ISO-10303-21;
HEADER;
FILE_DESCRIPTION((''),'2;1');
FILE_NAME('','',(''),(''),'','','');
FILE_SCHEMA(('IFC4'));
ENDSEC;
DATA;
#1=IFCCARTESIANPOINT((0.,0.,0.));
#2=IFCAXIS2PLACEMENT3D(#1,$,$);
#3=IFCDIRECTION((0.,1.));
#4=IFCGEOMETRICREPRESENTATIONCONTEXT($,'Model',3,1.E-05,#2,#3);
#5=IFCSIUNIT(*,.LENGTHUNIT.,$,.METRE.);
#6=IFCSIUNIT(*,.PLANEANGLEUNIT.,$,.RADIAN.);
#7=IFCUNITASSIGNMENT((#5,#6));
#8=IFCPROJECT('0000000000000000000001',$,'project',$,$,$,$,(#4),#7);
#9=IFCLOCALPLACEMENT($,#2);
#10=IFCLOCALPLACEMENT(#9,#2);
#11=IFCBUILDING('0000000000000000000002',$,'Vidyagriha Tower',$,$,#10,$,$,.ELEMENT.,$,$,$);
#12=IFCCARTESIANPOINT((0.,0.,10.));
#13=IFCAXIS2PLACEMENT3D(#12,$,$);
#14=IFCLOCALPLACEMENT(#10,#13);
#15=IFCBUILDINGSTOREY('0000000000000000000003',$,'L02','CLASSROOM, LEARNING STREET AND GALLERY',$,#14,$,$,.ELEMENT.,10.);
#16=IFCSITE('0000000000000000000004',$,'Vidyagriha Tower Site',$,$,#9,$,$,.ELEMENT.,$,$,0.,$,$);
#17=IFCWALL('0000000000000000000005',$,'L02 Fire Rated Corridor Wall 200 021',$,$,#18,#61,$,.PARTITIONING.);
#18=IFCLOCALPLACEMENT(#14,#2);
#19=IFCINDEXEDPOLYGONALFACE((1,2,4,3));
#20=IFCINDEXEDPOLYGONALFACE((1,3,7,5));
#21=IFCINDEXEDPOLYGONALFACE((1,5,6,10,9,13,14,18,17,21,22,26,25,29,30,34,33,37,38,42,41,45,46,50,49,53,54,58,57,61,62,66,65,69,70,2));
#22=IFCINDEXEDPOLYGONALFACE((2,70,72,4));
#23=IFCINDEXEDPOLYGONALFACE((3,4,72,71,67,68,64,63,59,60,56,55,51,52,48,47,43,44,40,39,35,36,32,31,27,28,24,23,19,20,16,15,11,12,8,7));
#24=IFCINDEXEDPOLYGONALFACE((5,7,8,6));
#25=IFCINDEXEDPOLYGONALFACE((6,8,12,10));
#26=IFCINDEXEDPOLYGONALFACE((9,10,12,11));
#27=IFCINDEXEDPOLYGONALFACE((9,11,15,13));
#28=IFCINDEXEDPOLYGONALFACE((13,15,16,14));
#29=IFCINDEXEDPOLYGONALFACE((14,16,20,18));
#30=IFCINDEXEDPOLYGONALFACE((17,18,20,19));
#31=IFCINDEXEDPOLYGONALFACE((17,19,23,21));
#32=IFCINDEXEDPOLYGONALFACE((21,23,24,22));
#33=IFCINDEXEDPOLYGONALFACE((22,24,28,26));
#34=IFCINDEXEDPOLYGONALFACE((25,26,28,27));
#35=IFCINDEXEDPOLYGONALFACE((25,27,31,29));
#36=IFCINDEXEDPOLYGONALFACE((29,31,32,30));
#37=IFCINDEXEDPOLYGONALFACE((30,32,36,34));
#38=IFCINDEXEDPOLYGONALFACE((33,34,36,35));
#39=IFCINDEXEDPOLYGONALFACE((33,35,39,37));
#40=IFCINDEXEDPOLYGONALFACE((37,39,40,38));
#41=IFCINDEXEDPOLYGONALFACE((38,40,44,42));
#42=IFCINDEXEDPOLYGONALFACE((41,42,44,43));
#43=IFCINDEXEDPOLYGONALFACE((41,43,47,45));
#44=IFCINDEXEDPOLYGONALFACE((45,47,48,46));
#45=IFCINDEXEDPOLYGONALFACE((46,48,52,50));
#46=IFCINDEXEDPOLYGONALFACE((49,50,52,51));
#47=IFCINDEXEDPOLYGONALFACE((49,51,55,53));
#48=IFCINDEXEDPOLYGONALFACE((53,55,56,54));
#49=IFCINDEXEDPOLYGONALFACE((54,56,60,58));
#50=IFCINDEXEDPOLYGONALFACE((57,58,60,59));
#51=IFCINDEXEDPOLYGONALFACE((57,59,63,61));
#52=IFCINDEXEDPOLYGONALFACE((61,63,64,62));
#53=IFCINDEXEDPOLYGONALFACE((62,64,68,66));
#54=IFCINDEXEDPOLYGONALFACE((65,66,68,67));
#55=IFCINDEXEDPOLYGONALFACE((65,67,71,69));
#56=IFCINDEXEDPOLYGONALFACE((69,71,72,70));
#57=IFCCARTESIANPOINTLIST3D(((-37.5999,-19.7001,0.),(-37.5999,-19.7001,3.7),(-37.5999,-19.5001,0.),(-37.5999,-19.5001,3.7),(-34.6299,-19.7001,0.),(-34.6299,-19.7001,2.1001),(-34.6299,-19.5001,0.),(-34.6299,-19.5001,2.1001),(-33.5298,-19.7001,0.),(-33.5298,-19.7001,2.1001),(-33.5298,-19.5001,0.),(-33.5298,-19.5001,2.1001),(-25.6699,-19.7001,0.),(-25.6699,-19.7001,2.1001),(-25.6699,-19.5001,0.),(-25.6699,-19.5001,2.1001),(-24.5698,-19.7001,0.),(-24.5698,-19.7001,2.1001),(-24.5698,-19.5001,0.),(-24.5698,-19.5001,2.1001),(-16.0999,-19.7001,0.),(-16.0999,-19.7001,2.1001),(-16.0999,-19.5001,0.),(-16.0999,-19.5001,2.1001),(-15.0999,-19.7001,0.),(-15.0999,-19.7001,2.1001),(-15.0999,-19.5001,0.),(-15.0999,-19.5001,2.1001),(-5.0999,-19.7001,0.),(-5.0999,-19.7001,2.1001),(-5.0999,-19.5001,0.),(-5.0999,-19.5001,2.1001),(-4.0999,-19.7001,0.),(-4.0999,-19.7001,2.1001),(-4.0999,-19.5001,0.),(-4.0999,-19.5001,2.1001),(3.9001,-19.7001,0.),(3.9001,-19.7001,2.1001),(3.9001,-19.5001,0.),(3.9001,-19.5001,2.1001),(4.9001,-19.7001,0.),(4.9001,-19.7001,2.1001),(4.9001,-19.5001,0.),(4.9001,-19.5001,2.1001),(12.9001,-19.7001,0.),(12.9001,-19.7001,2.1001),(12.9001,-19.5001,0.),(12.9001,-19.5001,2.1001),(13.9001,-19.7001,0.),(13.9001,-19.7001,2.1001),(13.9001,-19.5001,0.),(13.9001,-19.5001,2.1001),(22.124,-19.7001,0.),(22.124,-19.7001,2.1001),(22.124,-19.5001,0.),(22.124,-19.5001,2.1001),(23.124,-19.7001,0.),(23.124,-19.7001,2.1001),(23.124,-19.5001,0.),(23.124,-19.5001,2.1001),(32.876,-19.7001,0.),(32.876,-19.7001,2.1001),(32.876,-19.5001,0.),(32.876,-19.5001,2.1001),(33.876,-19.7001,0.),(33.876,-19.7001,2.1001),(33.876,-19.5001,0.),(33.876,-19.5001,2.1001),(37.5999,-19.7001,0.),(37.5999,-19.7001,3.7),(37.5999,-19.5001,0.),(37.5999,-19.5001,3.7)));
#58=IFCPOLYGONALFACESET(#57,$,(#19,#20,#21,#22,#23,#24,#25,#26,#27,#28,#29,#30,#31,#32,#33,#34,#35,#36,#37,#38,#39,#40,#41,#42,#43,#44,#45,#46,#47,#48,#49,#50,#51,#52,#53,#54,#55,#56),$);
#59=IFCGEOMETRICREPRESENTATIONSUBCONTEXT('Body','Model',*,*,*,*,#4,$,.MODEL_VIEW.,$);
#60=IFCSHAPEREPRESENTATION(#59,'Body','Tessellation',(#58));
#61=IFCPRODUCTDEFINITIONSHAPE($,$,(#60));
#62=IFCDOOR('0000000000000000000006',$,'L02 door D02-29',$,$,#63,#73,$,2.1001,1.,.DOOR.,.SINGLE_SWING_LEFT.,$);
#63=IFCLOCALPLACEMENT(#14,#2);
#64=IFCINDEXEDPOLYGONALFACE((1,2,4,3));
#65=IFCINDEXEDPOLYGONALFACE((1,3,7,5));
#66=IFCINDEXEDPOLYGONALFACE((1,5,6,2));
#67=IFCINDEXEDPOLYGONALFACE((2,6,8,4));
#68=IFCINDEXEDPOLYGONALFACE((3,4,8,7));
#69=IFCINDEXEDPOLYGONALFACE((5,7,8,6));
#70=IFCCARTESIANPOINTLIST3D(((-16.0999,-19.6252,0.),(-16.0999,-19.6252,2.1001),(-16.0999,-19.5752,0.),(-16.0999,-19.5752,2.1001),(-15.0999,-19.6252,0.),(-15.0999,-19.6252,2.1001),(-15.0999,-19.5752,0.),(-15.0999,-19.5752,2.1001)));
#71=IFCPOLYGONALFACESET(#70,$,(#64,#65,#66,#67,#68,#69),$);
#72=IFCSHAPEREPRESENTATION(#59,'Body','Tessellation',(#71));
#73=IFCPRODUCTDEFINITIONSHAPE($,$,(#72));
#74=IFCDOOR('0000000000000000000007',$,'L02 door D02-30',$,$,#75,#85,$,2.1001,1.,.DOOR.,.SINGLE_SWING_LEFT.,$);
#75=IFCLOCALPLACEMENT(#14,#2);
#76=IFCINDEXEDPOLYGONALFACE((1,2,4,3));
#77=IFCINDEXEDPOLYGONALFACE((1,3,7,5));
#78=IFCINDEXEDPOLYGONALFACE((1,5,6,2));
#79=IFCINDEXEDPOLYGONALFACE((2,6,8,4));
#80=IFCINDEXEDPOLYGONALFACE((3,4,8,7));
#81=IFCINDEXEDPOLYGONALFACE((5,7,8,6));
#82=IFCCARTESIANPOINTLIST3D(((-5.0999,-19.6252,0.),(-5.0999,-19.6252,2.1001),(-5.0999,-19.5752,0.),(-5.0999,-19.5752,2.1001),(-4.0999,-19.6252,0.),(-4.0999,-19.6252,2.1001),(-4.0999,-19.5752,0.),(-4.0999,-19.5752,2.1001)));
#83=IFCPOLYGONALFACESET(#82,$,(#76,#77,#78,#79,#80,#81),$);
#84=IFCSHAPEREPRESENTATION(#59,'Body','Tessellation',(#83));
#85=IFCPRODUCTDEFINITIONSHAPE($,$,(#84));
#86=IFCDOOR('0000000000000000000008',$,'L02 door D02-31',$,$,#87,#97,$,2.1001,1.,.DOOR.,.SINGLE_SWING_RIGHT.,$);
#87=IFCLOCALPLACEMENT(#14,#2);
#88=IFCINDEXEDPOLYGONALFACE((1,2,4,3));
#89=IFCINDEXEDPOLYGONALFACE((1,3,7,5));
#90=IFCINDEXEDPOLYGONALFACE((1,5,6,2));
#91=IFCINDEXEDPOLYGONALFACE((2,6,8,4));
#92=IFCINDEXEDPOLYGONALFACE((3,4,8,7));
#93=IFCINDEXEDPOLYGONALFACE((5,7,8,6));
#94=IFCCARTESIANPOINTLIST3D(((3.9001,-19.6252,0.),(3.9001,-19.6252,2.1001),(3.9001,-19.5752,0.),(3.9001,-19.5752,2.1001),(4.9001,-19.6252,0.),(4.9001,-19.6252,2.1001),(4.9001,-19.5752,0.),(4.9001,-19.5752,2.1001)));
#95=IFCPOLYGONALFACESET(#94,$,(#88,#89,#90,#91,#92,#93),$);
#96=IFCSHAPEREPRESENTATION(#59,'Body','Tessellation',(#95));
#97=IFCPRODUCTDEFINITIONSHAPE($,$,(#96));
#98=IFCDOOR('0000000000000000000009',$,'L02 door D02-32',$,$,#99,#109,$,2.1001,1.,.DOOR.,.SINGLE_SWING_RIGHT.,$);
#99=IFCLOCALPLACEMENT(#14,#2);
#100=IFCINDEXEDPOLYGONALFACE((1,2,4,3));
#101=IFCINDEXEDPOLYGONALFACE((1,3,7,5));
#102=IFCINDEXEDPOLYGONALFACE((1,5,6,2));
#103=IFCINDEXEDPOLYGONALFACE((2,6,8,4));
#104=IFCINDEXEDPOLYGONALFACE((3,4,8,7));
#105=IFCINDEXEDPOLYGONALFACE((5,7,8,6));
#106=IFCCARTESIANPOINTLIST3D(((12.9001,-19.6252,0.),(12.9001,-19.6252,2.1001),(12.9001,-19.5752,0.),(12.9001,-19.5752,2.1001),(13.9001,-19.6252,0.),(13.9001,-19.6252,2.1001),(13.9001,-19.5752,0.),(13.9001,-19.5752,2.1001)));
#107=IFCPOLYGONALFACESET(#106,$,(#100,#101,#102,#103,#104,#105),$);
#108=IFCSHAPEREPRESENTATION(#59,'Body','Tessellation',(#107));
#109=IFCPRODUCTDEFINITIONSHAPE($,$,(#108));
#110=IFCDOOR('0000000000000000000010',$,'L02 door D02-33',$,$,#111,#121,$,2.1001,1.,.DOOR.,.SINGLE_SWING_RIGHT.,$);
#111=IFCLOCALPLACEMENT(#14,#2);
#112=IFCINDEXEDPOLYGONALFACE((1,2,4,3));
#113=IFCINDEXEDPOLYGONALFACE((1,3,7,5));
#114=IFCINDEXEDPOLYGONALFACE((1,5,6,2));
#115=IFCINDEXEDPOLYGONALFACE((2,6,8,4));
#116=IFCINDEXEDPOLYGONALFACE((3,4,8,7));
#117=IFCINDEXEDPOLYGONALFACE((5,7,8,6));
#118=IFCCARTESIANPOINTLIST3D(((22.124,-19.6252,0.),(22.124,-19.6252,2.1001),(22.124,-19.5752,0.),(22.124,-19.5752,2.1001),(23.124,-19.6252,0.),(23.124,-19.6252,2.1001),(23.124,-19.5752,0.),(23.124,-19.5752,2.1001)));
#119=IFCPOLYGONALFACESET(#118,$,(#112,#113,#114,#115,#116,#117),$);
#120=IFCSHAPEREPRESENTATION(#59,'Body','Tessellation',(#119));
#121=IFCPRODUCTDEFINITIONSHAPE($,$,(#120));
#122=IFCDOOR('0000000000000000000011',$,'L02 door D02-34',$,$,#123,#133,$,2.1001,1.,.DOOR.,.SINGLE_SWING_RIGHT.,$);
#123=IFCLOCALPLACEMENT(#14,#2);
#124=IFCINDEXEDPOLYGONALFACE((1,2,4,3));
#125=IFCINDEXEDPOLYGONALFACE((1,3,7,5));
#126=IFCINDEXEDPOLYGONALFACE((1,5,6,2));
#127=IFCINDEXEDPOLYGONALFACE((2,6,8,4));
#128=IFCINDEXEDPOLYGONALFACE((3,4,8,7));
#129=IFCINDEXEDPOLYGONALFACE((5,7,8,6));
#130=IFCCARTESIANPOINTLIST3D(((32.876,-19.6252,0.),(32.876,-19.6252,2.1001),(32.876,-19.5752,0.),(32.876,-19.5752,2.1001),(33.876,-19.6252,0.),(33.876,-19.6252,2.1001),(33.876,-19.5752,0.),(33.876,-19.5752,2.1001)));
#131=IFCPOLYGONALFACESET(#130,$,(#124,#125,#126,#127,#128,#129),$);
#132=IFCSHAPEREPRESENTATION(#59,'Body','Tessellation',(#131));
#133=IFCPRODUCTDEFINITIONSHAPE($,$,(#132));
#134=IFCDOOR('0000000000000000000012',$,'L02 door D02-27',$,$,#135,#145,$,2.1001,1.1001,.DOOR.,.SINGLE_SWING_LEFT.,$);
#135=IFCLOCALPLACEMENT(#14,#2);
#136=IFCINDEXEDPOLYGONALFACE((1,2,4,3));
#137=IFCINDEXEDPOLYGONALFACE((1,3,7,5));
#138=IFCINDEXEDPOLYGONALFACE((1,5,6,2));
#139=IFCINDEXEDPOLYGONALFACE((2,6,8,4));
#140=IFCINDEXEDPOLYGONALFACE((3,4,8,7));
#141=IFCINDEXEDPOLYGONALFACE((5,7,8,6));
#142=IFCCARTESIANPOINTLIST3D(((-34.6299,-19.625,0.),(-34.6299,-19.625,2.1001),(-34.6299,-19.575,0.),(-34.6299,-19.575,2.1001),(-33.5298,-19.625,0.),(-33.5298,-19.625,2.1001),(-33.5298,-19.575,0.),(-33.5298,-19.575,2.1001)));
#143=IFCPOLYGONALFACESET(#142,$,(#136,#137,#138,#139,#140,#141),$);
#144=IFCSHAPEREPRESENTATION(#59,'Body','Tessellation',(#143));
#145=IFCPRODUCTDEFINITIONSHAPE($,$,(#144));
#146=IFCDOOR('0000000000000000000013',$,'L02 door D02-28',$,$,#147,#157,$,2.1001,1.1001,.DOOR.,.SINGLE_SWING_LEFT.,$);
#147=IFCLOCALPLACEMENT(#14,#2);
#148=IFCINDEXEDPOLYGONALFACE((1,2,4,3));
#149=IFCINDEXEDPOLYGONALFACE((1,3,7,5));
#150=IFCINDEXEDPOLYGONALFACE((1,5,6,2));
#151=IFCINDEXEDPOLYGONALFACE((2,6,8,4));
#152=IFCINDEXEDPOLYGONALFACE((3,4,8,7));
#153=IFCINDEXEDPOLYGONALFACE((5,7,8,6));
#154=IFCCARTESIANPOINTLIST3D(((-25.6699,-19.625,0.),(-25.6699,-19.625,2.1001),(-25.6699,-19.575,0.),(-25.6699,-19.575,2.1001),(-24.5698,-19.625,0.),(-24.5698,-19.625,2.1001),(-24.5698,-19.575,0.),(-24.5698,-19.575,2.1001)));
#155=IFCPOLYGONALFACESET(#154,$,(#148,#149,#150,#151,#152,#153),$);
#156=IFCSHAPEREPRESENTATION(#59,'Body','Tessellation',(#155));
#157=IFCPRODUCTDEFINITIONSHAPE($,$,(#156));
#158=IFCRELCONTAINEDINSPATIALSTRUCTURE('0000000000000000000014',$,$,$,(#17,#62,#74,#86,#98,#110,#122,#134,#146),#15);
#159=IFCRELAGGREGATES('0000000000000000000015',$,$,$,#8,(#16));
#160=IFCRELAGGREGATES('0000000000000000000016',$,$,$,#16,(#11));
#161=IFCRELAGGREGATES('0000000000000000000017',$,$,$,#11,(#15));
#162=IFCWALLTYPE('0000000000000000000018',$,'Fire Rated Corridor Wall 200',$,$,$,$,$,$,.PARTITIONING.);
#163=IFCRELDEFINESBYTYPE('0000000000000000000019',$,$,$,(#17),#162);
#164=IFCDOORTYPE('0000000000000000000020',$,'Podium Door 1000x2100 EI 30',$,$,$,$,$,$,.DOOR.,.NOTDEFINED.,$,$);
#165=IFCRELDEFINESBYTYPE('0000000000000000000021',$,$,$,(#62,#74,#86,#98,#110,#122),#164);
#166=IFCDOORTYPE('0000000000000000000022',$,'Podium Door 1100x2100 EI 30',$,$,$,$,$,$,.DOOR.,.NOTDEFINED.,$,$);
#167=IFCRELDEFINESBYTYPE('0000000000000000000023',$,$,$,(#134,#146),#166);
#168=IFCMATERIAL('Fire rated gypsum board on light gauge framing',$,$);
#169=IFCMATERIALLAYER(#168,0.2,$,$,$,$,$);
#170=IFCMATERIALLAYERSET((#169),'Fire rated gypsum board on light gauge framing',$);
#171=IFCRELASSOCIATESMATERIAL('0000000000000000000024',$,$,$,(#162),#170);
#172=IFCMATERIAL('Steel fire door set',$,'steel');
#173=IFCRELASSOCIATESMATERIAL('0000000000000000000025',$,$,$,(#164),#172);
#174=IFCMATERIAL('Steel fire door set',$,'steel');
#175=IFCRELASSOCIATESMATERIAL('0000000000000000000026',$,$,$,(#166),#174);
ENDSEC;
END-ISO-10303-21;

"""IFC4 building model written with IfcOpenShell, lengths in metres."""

from ifc_helpers import new_model, si_unit, direction, frame, frame_2d, origin, place, context, subcontext, project, spatial, rectangle, extrude, material, layer, layer_set, type_object, element, fill, save


model = new_model("IFC4")

# Units and contexts
model_context = context("Model", 3, precision=1e-05, world=origin(), true_north=direction((0.0, 1.0)))
body_context = subcontext(model_context, "Body", "Model", "MODEL_VIEW")
ifc_project = project(units=[si_unit("LENGTHUNIT", "METRE"), si_unit("PLANEANGLEUNIT", "RADIAN")], contexts=[model_context])

# Site, building, storey
site_placement = place(None, origin())
site = spatial("IfcSite", under=ifc_project, at=site_placement, Name="Vidyagriha Tower Site", CompositionType="ELEMENT", RefElevation=0.0)
building_placement = place(site_placement, origin())
building = spatial("IfcBuilding", under=site, at=building_placement, Name="Vidyagriha Tower", CompositionType="ELEMENT")
storey_placement = place(building_placement, frame((0.0, 0.0, 10.0)))
storey = spatial("IfcBuildingStorey", under=building, at=storey_placement, Name="L02", Description="CLASSROOM, LEARNING STREET AND GALLERY", CompositionType="ELEMENT", Elevation=10.0)

# Wall, openings, doors
ifc_material_1 = material(Name="Fire rated gypsum board on light gauge framing")
ifc_layer_1 = layer(ifc_material_1, 0.2)
ifc_layer_set_1 = layer_set([ifc_layer_1], Name="Fire rated gypsum board on light gauge framing")
wall_type = type_object("IfcWallType", Name="Fire Rated Corridor Wall 200", PredefinedType="PARTITIONING", material=ifc_layer_set_1)
wall_1_placement = place(storey_placement, frame((-37.5999, -19.6001, 0.0)))
wall_1 = element("IfcWall", 1, at=wall_1_placement, inside=storey, type_object=wall_type, Name="L02 Fire Rated Corridor Wall 200 021", PredefinedType="PARTITIONING", context=body_context, shape_type="SweptSolid", body=[
    extrude(rectangle(XDim=75.1997, YDim=0.2, at=frame_2d((37.5999, 0.0))), origin(), (0.0, 0.0, 1.0), 3.7),
])
opening_1_placement = place(wall_1_placement, frame((2.97, 0.0, 0.0)))
opening_1 = element("IfcOpeningElement", 2, at=opening_1_placement, cuts=wall_1, PredefinedType="OPENING", context=body_context, shape_type="SweptSolid", body=[
    extrude(rectangle(XDim=1.1001, YDim=2.1001, at=frame_2d((0.55, 1.05))), frame((0.0, 0.1099, 0.0), z_axis=(0.0, -1.0, 0.0), x_axis=(1.0, 0.0, 0.0)), (0.0, 0.0, 1.0), 0.22),
])
opening_2_placement = place(wall_1_placement, frame((11.9299, 0.0, 0.0)))
opening_2 = element("IfcOpeningElement", 3, at=opening_2_placement, cuts=wall_1, PredefinedType="OPENING", context=body_context, shape_type="SweptSolid", body=[
    extrude(rectangle(XDim=1.1001, YDim=2.1001, at=frame_2d((0.55, 1.05))), frame((0.0, 0.1099, 0.0), z_axis=(0.0, -1.0, 0.0), x_axis=(1.0, 0.0, 0.0)), (0.0, 0.0, 1.0), 0.22),
])
opening_3_placement = place(wall_1_placement, frame((21.5, 0.0, 0.0)))
opening_3 = element("IfcOpeningElement", 4, at=opening_3_placement, cuts=wall_1, PredefinedType="OPENING", context=body_context, shape_type="SweptSolid", body=[
    extrude(rectangle(XDim=1.0, YDim=2.1001, at=frame_2d((0.5, 1.05))), frame((0.0, 0.1099, 0.0), z_axis=(0.0, -1.0, 0.0), x_axis=(1.0, 0.0, 0.0)), (0.0, 0.0, 1.0), 0.22),
])
opening_4_placement = place(wall_1_placement, frame((32.5, 0.0, 0.0)))
opening_4 = element("IfcOpeningElement", 5, at=opening_4_placement, cuts=wall_1, PredefinedType="OPENING", context=body_context, shape_type="SweptSolid", body=[
    extrude(rectangle(XDim=1.0, YDim=2.1001, at=frame_2d((0.5, 1.05))), frame((0.0, 0.1099, 0.0), z_axis=(0.0, -1.0, 0.0), x_axis=(1.0, 0.0, 0.0)), (0.0, 0.0, 1.0), 0.22),
])
opening_5_placement = place(wall_1_placement, frame((41.5, 0.0, 0.0)))
opening_5 = element("IfcOpeningElement", 6, at=opening_5_placement, cuts=wall_1, PredefinedType="OPENING", context=body_context, shape_type="SweptSolid", body=[
    extrude(rectangle(XDim=1.0, YDim=2.1001, at=frame_2d((0.5, 1.05))), frame((0.0, 0.1099, 0.0), z_axis=(0.0, -1.0, 0.0), x_axis=(1.0, 0.0, 0.0)), (0.0, 0.0, 1.0), 0.22),
])
opening_6_placement = place(wall_1_placement, frame((50.5, 0.0, 0.0)))
opening_6 = element("IfcOpeningElement", 7, at=opening_6_placement, cuts=wall_1, PredefinedType="OPENING", context=body_context, shape_type="SweptSolid", body=[
    extrude(rectangle(XDim=1.0, YDim=2.1001, at=frame_2d((0.5, 1.05))), frame((0.0, 0.1099, 0.0), z_axis=(0.0, -1.0, 0.0), x_axis=(1.0, 0.0, 0.0)), (0.0, 0.0, 1.0), 0.22),
])
opening_7_placement = place(wall_1_placement, frame((59.7239, 0.0, 0.0)))
opening_7 = element("IfcOpeningElement", 8, at=opening_7_placement, cuts=wall_1, PredefinedType="OPENING", context=body_context, shape_type="SweptSolid", body=[
    extrude(rectangle(XDim=1.0, YDim=2.1001, at=frame_2d((0.5, 1.05))), frame((0.0, 0.1099, 0.0), z_axis=(0.0, -1.0, 0.0), x_axis=(1.0, 0.0, 0.0)), (0.0, 0.0, 1.0), 0.22),
])
opening_8_placement = place(wall_1_placement, frame((70.4758, 0.0, 0.0)))
opening_8 = element("IfcOpeningElement", 9, at=opening_8_placement, cuts=wall_1, PredefinedType="OPENING", context=body_context, shape_type="SweptSolid", body=[
    extrude(rectangle(XDim=1.0, YDim=2.1001, at=frame_2d((0.5, 1.05))), frame((0.0, 0.1099, 0.0), z_axis=(0.0, -1.0, 0.0), x_axis=(1.0, 0.0, 0.0)), (0.0, 0.0, 1.0), 0.22),
])
ifc_material_2 = material(Name="Steel fire door set", Category="steel")
door_type_1 = type_object("IfcDoorType", Name="Podium Door 1000x2100 EI 30", OperationType="NOTDEFINED", PredefinedType="DOOR", material=ifc_material_2)
door_1_placement = place(opening_3_placement, origin())
door_1 = element("IfcDoor", 10, at=door_1_placement, inside=storey, type_object=door_type_1, Name="L02 door D02-29", OperationType="SINGLE_SWING_LEFT", OverallHeight=2.1001, OverallWidth=1.0, PredefinedType="DOOR", context=body_context, shape_type="SweptSolid", body=[
    extrude(rectangle(XDim=1.0, YDim=2.1001, at=frame_2d((0.5, 1.05))), frame((0.0, 0.0249, 0.0), z_axis=(0.0, -1.0, 0.0), x_axis=(1.0, 0.0, 0.0)), (0.0, 0.0, 1.0), 0.05),
])
fill(opening_3, door_1)
door_2_placement = place(opening_4_placement, origin())
door_2 = element("IfcDoor", 11, at=door_2_placement, inside=storey, type_object=door_type_1, Name="L02 door D02-30", OperationType="SINGLE_SWING_LEFT", OverallHeight=2.1001, OverallWidth=1.0, PredefinedType="DOOR", context=body_context, shape_type="SweptSolid", body=[
    extrude(rectangle(XDim=1.0, YDim=2.1001, at=frame_2d((0.5, 1.05))), frame((0.0, 0.0249, 0.0), z_axis=(0.0, -1.0, 0.0), x_axis=(1.0, 0.0, 0.0)), (0.0, 0.0, 1.0), 0.05),
])
fill(opening_4, door_2)
door_3_placement = place(opening_5_placement, origin())
door_3 = element("IfcDoor", 12, at=door_3_placement, inside=storey, type_object=door_type_1, Name="L02 door D02-31", OperationType="SINGLE_SWING_RIGHT", OverallHeight=2.1001, OverallWidth=1.0, PredefinedType="DOOR", context=body_context, shape_type="SweptSolid", body=[
    extrude(rectangle(XDim=1.0, YDim=2.1001, at=frame_2d((0.5, 1.05))), frame((0.0, 0.0249, 0.0), z_axis=(0.0, -1.0, 0.0), x_axis=(1.0, 0.0, 0.0)), (0.0, 0.0, 1.0), 0.05),
])
fill(opening_5, door_3)
door_4_placement = place(opening_6_placement, origin())
door_4 = element("IfcDoor", 13, at=door_4_placement, inside=storey, type_object=door_type_1, Name="L02 door D02-32", OperationType="SINGLE_SWING_RIGHT", OverallHeight=2.1001, OverallWidth=1.0, PredefinedType="DOOR", context=body_context, shape_type="SweptSolid", body=[
    extrude(rectangle(XDim=1.0, YDim=2.1001, at=frame_2d((0.5, 1.05))), frame((0.0, 0.0249, 0.0), z_axis=(0.0, -1.0, 0.0), x_axis=(1.0, 0.0, 0.0)), (0.0, 0.0, 1.0), 0.05),
])
fill(opening_6, door_4)
door_5_placement = place(opening_7_placement, origin())
door_5 = element("IfcDoor", 14, at=door_5_placement, inside=storey, type_object=door_type_1, Name="L02 door D02-33", OperationType="SINGLE_SWING_RIGHT", OverallHeight=2.1001, OverallWidth=1.0, PredefinedType="DOOR", context=body_context, shape_type="SweptSolid", body=[
    extrude(rectangle(XDim=1.0, YDim=2.1001, at=frame_2d((0.5, 1.05))), frame((0.0, 0.0249, 0.0), z_axis=(0.0, -1.0, 0.0), x_axis=(1.0, 0.0, 0.0)), (0.0, 0.0, 1.0), 0.05),
])
fill(opening_7, door_5)
door_6_placement = place(opening_8_placement, origin())
door_6 = element("IfcDoor", 15, at=door_6_placement, inside=storey, type_object=door_type_1, Name="L02 door D02-34", OperationType="SINGLE_SWING_RIGHT", OverallHeight=2.1001, OverallWidth=1.0, PredefinedType="DOOR", context=body_context, shape_type="SweptSolid", body=[
    extrude(rectangle(XDim=1.0, YDim=2.1001, at=frame_2d((0.5, 1.05))), frame((0.0, 0.0249, 0.0), z_axis=(0.0, -1.0, 0.0), x_axis=(1.0, 0.0, 0.0)), (0.0, 0.0, 1.0), 0.05),
])
fill(opening_8, door_6)
ifc_material_3 = material(Name="Steel fire door set", Category="steel")
door_type_2 = type_object("IfcDoorType", Name="Podium Door 1100x2100 EI 30", OperationType="NOTDEFINED", PredefinedType="DOOR", material=ifc_material_3)
door_7_placement = place(opening_1_placement, frame((1.1001, 0.0, 0.0), z_axis=(0.0, 0.0, 1.0), x_axis=(-1.0, 0.0, 0.0)))
door_7 = element("IfcDoor", 16, at=door_7_placement, inside=storey, type_object=door_type_2, Name="L02 door D02-27", OperationType="SINGLE_SWING_LEFT", OverallHeight=2.1001, OverallWidth=1.1001, PredefinedType="DOOR", context=body_context, shape_type="SweptSolid", body=[
    extrude(rectangle(XDim=1.1001, YDim=2.1001, at=frame_2d((0.55, 1.05))), frame((0.0, 0.0249, 0.0), z_axis=(0.0, -1.0, 0.0), x_axis=(1.0, 0.0, 0.0)), (0.0, 0.0, 1.0), 0.05),
])
fill(opening_1, door_7)
door_8_placement = place(opening_2_placement, frame((1.1001, 0.0, 0.0), z_axis=(0.0, 0.0, 1.0), x_axis=(-1.0, 0.0, 0.0)))
door_8 = element("IfcDoor", 17, at=door_8_placement, inside=storey, type_object=door_type_2, Name="L02 door D02-28", OperationType="SINGLE_SWING_LEFT", OverallHeight=2.1001, OverallWidth=1.1001, PredefinedType="DOOR", context=body_context, shape_type="SweptSolid", body=[
    extrude(rectangle(XDim=1.1001, YDim=2.1001, at=frame_2d((0.55, 1.05))), frame((0.0, 0.0249, 0.0), z_axis=(0.0, -1.0, 0.0), x_axis=(1.0, 0.0, 0.0)), (0.0, 0.0, 1.0), 0.05),
])
fill(opening_2, door_8)

save(model, "model.ifc")
